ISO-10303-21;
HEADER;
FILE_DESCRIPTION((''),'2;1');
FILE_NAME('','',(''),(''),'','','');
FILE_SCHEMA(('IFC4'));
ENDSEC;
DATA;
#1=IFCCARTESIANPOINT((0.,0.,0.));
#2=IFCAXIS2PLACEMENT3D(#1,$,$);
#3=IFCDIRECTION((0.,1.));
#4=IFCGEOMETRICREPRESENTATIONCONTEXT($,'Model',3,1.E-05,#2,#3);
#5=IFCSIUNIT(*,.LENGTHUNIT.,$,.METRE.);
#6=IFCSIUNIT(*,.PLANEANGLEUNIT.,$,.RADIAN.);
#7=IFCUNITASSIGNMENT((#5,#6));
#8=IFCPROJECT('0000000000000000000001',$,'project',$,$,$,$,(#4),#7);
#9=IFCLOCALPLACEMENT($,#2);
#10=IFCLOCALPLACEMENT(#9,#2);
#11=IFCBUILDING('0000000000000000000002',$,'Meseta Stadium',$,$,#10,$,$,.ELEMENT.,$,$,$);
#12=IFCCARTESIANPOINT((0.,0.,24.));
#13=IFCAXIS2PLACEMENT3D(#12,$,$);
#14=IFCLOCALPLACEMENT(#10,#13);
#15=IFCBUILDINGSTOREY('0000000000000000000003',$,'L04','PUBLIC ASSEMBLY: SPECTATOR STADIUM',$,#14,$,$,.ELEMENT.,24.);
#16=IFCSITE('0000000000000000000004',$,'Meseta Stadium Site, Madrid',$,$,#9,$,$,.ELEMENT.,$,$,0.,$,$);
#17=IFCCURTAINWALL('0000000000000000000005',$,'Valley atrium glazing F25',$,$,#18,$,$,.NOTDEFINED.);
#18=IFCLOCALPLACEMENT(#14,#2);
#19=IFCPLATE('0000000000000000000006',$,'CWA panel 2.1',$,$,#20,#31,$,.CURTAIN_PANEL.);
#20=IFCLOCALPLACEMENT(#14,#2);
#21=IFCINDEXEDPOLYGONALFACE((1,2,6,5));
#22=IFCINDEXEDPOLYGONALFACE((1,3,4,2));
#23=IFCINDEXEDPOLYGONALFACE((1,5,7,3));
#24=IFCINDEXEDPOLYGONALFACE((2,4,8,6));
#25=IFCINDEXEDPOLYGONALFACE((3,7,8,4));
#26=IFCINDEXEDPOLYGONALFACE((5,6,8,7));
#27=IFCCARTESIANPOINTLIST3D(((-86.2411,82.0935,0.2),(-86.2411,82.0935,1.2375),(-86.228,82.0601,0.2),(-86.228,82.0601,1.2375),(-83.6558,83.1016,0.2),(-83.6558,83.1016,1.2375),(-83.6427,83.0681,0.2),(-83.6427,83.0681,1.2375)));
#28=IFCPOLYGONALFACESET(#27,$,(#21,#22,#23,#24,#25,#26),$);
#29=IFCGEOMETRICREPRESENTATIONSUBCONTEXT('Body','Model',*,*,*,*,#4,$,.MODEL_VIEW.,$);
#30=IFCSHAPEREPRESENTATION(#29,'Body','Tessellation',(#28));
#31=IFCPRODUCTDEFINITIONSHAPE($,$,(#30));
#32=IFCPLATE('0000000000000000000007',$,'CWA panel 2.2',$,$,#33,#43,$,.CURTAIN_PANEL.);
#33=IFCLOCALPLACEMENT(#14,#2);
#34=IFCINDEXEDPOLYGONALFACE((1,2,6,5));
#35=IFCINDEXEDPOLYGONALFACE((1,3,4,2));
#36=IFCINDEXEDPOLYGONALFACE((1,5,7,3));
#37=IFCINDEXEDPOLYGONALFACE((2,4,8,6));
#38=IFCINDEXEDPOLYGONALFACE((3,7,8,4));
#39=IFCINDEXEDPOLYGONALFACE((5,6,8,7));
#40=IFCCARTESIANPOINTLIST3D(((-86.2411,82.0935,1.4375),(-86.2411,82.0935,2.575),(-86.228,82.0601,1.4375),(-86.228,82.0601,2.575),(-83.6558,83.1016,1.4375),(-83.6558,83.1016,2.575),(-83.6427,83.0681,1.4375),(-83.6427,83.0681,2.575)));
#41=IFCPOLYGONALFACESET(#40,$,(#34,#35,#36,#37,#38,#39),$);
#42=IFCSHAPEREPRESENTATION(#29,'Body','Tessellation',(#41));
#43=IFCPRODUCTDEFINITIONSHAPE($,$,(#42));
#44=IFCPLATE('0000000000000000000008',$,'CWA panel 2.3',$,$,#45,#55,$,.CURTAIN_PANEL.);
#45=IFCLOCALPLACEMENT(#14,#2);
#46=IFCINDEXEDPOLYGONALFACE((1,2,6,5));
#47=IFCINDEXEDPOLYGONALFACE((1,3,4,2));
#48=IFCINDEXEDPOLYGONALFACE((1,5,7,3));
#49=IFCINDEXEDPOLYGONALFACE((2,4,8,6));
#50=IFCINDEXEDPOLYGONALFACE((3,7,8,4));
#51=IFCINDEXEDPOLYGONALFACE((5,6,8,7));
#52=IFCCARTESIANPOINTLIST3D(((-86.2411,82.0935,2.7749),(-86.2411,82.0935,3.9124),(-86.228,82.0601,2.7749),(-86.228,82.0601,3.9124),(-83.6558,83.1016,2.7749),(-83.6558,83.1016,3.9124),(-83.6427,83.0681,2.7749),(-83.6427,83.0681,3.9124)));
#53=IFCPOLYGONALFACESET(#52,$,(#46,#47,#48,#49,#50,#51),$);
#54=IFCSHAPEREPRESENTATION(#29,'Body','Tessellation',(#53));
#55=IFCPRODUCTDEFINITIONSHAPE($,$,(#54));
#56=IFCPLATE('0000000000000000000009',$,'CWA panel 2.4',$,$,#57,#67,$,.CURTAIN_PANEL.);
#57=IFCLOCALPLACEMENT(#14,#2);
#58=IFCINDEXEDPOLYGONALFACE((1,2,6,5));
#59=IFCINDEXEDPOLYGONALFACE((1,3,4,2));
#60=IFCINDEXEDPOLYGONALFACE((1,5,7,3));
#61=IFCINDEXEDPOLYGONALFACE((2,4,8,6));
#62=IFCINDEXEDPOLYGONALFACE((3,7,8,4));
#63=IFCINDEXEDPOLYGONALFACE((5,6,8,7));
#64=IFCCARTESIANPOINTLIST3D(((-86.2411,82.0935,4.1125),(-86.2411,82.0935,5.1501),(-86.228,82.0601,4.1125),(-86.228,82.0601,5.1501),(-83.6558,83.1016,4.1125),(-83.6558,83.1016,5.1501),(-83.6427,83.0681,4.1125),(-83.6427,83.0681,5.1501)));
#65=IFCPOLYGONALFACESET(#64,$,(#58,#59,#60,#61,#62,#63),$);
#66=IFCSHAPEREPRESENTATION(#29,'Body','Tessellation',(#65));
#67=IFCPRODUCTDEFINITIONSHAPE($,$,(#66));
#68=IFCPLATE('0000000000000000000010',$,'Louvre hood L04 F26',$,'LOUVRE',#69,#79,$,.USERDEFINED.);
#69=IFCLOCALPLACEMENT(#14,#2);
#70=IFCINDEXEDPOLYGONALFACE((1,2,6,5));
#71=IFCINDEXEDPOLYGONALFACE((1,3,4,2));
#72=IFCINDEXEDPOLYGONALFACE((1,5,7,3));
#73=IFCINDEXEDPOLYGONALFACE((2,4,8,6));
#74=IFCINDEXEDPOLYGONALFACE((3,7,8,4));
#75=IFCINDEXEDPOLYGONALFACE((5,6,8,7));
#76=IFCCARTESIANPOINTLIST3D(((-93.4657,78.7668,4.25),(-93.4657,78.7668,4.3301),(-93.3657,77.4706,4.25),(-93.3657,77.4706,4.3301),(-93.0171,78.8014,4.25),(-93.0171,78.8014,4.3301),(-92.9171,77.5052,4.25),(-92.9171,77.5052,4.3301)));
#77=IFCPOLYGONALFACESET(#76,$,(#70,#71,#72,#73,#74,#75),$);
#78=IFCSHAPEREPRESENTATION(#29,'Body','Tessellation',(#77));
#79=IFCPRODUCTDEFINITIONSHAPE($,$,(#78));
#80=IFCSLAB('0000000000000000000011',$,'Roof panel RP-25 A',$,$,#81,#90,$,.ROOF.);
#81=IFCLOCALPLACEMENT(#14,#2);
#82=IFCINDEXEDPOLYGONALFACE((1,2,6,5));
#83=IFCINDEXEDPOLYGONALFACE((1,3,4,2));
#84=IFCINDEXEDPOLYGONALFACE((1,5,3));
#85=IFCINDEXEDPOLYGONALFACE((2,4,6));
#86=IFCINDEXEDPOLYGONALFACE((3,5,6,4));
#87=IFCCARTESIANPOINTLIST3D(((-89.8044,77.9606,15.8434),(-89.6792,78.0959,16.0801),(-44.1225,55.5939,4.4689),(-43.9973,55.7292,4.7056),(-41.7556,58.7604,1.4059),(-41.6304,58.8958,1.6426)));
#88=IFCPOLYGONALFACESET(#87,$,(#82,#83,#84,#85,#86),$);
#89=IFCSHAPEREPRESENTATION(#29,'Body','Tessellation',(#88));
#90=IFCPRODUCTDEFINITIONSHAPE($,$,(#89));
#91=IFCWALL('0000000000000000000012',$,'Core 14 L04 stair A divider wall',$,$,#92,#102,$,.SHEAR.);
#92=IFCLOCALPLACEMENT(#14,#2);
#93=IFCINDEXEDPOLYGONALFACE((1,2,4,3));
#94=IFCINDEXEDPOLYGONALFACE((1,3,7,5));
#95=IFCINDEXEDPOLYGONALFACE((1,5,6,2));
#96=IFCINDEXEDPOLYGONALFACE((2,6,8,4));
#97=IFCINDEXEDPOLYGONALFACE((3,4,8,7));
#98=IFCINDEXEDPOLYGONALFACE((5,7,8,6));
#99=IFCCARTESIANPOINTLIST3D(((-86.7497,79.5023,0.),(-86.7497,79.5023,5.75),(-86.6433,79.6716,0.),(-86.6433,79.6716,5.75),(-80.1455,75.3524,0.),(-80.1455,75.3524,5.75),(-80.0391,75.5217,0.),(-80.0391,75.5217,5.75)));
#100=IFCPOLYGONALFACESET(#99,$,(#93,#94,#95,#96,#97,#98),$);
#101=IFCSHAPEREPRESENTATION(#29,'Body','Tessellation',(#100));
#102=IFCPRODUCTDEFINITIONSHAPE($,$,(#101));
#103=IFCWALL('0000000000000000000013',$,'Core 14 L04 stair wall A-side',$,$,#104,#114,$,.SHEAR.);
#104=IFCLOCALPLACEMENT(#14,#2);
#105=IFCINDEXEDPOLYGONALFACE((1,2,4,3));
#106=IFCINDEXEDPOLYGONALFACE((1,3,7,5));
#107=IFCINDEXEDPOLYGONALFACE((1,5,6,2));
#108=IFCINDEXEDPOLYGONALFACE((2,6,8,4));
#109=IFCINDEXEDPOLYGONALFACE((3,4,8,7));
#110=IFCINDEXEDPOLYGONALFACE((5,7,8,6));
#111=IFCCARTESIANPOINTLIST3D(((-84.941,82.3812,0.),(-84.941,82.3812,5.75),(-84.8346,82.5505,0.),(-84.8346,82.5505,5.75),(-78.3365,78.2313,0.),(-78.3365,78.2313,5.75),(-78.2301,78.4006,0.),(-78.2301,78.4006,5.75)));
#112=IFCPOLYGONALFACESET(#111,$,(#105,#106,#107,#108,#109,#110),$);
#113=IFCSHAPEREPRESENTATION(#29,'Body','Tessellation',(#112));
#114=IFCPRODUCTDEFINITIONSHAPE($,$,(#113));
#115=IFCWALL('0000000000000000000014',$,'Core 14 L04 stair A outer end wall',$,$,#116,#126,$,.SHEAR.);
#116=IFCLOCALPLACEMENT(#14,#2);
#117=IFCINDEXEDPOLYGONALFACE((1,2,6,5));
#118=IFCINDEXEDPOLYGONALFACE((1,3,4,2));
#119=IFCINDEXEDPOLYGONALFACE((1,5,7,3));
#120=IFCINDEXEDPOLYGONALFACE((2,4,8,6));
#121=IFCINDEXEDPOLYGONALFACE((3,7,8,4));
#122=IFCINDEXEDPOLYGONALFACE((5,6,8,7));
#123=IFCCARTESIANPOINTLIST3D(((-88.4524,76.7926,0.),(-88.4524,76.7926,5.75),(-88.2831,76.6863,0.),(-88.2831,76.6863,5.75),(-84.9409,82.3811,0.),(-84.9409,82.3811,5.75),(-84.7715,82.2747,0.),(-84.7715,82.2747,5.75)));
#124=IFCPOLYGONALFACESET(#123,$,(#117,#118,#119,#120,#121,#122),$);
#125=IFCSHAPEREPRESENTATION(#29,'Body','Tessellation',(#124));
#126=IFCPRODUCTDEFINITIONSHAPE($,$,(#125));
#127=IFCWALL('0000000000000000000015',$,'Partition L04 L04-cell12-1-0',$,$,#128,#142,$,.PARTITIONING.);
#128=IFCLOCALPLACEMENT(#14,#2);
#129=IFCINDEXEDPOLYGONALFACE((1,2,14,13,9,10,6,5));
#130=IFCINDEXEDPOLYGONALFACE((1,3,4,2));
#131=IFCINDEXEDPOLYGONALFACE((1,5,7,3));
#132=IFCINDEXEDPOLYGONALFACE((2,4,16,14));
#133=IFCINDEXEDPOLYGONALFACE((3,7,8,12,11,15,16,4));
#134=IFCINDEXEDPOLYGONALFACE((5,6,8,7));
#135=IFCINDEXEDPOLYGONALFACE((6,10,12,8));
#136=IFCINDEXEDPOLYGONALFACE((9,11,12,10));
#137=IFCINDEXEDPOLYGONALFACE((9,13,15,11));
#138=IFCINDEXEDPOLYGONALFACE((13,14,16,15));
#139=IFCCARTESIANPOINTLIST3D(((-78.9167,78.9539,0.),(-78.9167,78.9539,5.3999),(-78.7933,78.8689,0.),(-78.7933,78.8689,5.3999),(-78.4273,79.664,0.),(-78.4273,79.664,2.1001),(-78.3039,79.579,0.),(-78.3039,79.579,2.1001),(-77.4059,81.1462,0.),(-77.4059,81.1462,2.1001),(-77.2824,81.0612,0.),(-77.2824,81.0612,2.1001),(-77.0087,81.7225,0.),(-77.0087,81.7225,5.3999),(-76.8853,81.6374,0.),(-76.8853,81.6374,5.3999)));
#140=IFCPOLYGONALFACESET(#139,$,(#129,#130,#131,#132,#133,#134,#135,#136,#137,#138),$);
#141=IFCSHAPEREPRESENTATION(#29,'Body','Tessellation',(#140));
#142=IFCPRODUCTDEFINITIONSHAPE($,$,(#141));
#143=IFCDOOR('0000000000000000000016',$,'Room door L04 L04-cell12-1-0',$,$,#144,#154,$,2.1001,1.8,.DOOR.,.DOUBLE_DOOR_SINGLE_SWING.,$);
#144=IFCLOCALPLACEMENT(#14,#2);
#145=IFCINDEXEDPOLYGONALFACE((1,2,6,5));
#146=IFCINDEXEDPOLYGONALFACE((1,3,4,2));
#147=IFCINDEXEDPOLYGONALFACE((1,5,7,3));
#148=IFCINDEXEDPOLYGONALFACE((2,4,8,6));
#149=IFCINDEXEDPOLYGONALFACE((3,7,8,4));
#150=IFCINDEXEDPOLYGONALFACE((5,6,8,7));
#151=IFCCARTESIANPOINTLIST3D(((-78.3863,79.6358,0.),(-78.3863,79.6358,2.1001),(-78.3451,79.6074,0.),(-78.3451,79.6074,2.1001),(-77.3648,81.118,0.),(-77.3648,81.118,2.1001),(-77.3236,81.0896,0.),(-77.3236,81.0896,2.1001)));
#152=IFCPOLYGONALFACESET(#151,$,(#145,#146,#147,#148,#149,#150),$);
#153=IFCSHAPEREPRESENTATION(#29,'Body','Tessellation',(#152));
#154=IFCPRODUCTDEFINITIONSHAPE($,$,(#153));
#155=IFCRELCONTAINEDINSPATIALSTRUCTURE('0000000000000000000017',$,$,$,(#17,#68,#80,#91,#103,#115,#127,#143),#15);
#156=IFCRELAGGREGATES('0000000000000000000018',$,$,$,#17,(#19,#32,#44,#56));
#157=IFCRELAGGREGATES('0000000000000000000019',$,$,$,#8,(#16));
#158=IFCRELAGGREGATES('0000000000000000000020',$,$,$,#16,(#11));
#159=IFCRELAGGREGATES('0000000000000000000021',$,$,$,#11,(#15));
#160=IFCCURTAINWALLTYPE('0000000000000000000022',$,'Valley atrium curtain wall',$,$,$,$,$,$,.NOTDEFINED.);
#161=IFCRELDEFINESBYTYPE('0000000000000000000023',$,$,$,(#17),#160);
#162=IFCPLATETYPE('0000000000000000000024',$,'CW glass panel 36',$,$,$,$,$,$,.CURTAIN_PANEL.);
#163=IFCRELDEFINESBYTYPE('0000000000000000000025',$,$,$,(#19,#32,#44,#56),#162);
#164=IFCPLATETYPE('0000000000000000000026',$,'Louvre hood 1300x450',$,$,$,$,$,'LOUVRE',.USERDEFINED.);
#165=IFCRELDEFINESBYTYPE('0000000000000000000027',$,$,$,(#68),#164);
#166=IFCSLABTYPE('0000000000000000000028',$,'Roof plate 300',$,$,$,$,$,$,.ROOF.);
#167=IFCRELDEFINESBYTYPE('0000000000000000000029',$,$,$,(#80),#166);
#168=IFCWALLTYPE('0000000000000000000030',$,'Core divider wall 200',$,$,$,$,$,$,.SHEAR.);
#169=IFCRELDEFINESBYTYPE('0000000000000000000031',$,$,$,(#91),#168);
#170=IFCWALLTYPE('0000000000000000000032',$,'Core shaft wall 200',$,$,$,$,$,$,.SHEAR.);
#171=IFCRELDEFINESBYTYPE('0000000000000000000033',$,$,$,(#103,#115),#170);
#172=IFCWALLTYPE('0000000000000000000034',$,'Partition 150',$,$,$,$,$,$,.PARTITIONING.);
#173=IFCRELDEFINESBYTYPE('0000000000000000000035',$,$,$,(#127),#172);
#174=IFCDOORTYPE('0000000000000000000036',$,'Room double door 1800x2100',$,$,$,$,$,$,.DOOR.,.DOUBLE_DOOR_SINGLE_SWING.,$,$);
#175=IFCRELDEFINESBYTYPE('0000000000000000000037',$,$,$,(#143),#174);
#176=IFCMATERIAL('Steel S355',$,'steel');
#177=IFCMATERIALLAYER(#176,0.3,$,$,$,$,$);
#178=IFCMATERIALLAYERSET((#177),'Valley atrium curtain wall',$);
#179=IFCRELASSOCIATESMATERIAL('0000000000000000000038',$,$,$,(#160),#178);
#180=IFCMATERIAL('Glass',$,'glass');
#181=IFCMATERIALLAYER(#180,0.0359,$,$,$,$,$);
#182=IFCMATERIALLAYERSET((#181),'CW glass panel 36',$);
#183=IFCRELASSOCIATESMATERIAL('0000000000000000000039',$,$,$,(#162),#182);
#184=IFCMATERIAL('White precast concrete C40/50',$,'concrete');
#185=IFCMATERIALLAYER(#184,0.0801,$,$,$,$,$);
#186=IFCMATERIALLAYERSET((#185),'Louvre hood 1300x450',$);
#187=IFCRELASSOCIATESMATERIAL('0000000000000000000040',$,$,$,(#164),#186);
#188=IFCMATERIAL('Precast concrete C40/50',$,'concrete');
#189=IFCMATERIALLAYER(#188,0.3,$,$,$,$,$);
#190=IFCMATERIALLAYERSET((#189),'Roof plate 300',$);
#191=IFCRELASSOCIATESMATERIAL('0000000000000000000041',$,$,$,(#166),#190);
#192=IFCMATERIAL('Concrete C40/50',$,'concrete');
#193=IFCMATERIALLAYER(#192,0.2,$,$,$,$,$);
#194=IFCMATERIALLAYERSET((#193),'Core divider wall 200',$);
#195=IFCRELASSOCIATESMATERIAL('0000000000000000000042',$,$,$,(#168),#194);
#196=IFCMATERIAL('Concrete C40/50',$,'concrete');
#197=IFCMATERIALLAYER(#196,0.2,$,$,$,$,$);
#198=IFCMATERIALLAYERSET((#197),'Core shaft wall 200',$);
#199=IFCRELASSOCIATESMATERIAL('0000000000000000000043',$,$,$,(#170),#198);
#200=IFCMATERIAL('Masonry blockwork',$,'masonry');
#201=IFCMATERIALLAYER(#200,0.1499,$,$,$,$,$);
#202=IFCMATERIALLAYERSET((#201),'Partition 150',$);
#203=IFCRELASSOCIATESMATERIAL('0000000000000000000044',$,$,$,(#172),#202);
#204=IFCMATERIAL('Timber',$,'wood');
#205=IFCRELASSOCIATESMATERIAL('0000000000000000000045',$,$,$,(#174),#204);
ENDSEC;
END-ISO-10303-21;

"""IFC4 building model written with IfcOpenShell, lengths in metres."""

from ifc_helpers import new_model, si_unit, direction, frame, frame_2d, origin, origin_2d, place, context, subcontext, project, spatial, polyline, rectangle, outline, extrude, material, layer, layer_set, type_object, element, fill, aggregate, save


model = new_model("IFC4")

# Units and contexts
model_context = context("Model", 3, precision=1e-05, world=origin(), true_north=direction((0.0, 1.0)))
body_context = subcontext(model_context, "Body", "Model", "MODEL_VIEW")
ifc_project = project(units=[si_unit("LENGTHUNIT", "METRE"), si_unit("PLANEANGLEUNIT", "RADIAN")], contexts=[model_context])

# Site, building, storey
site_placement = place(None, origin())
site = spatial("IfcSite", under=ifc_project, at=site_placement, Name="Meseta Stadium Site, Madrid", CompositionType="ELEMENT", RefElevation=0.0)
building_placement = place(site_placement, origin())
building = spatial("IfcBuilding", under=site, at=building_placement, Name="Meseta Stadium", CompositionType="ELEMENT")
storey_placement = place(building_placement, frame((0.0, 0.0, 24.0)))
storey = spatial("IfcBuildingStorey", under=building, at=storey_placement, Name="L04", Description="PUBLIC ASSEMBLY: SPECTATOR STADIUM", CompositionType="ELEMENT", Elevation=24.0)

# Curtain wall
ifc_material_1 = material(Name="Steel S355", Category="steel")
ifc_layer_1 = layer(ifc_material_1, 0.3)
ifc_layer_set_1 = layer_set([ifc_layer_1], Name="Valley atrium curtain wall")
curtain_wall_type = type_object("IfcCurtainWallType", Name="Valley atrium curtain wall", PredefinedType="NOTDEFINED", material=ifc_layer_set_1)
curtain_wall_placement = place(storey_placement, origin())
curtain_wall = element("IfcCurtainWall", 1, at=curtain_wall_placement, inside=storey, type_object=curtain_wall_type, Name="Valley atrium glazing F25", PredefinedType="NOTDEFINED")

# Plates
ifc_material_2 = material(Name="Glass", Category="glass")
ifc_layer_2 = layer(ifc_material_2, 0.0359)
ifc_layer_set_2 = layer_set([ifc_layer_2], Name="CW glass panel 36")
plate_type_1 = type_object("IfcPlateType", Name="CW glass panel 36", PredefinedType="CURTAIN_PANEL", material=ifc_layer_set_2)
plate_1_placement = place(storey_placement, frame((-84.9419, 82.5808, 0.2), z_axis=(0.0, 0.0, 1.0), x_axis=(-0.93168, -0.36328, 0.0)))
plate_1 = element("IfcPlate", 2, at=plate_1_placement, type_object=plate_type_1, Name="CWA panel 2.1", PredefinedType="CURTAIN_PANEL", context=body_context, shape_type="SweptSolid", body=[
    extrude(rectangle(XDim=2.7749, YDim=0.0359, at=origin_2d()), origin(), (0.0, 0.0, 1.0), 1.0376),
])
plate_2_placement = place(storey_placement, frame((-84.9419, 82.5808, 1.4375), z_axis=(0.0, 0.0, 1.0), x_axis=(-0.93168, -0.36328, 0.0)))
plate_2 = element("IfcPlate", 3, at=plate_2_placement, type_object=plate_type_1, Name="CWA panel 2.2", PredefinedType="CURTAIN_PANEL", context=body_context, shape_type="SweptSolid", body=[
    extrude(rectangle(XDim=2.7749, YDim=0.0359, at=origin_2d()), origin(), (0.0, 0.0, 1.0), 1.1375),
])
plate_3_placement = place(storey_placement, frame((-84.9419, 82.5808, 2.7749), z_axis=(0.0, 0.0, 1.0), x_axis=(-0.93168, -0.36328, 0.0)))
plate_3 = element("IfcPlate", 4, at=plate_3_placement, type_object=plate_type_1, Name="CWA panel 2.3", PredefinedType="CURTAIN_PANEL", context=body_context, shape_type="SweptSolid", body=[
    extrude(rectangle(XDim=2.7749, YDim=0.0359, at=origin_2d()), origin(), (0.0, 0.0, 1.0), 1.1375),
])
plate_4_placement = place(storey_placement, frame((-84.9419, 82.5808, 4.1125), z_axis=(0.0, 0.0, 1.0), x_axis=(-0.93168, -0.36328, 0.0)))
plate_4 = element("IfcPlate", 5, at=plate_4_placement, type_object=plate_type_1, Name="CWA panel 2.4", PredefinedType="CURTAIN_PANEL", context=body_context, shape_type="SweptSolid", body=[
    extrude(rectangle(XDim=2.7749, YDim=0.0359, at=origin_2d()), origin(), (0.0, 0.0, 1.0), 1.0376),
])
aggregate(curtain_wall, [plate_1, plate_2, plate_3, plate_4])
ifc_material_3 = material(Name="White precast concrete C40/50", Category="concrete")
ifc_layer_3 = layer(ifc_material_3, 0.0801)
ifc_layer_set_3 = layer_set([ifc_layer_3], Name="Louvre hood 1300x450")
plate_type_2 = type_object("IfcPlateType", Name="Louvre hood 1300x450", ElementType="LOUVRE", PredefinedType="USERDEFINED", material=ifc_layer_set_3)
plate_5_placement = place(storey_placement, frame((-93.1914, 78.136, 4.25), z_axis=(0.0, 0.0, 1.0), x_axis=(0.076937, -0.997036, 0.0)))
element("IfcPlate", 6, at=plate_5_placement, inside=storey, type_object=plate_type_2, Name="Louvre hood L04 F26", ObjectType="LOUVRE", PredefinedType="USERDEFINED", context=body_context, shape_type="SweptSolid", body=[
    extrude(rectangle(XDim=1.3, YDim=0.45, at=origin_2d()), origin(), (0.0, 0.0, 1.0), 0.0801),
])

# Slab
ifc_material_4 = material(Name="Precast concrete C40/50", Category="concrete")
ifc_layer_4 = layer(ifc_material_4, 0.3)
ifc_layer_set_4 = layer_set([ifc_layer_4], Name="Roof plate 300")
slab_type = type_object("IfcSlabType", Name="Roof plate 300", PredefinedType="ROOF", material=ifc_layer_set_4)
slab_placement = place(storey_placement, frame((-89.6792, 78.0959, 16.0801), z_axis=(0.417313, 0.451144, 0.788872), x_axis=(0.89444, -0.357416, -0.268757)))
element("IfcSlab", 7, at=slab_placement, inside=storey, type_object=slab_type, Name="Roof panel RP-25 A", PredefinedType="ROOF", context=body_context, shape_type="SweptSolid", body=[
    extrude(outline(polyline([(0.0, 0.0), (53.7194, 0.0), (51.9109, -4.6626), (0.0, 0.0)])), origin(), (0.0, 0.0, -1.0), 0.3),
])

# Walls
ifc_material_5 = material(Name="Concrete C40/50", Category="concrete")
ifc_layer_5 = layer(ifc_material_5, 0.2)
ifc_layer_set_5 = layer_set([ifc_layer_5], Name="Core divider wall 200")
wall_type_1 = type_object("IfcWallType", Name="Core divider wall 200", PredefinedType="SHEAR", material=ifc_layer_set_5)
wall_1_placement = place(storey_placement, frame((-86.6965, 79.5869, 0.0), z_axis=(0.0, 0.0, 1.0), x_axis=(0.846714, -0.532048, 0.0)))
element("IfcWall", 8, at=wall_1_placement, inside=storey, type_object=wall_type_1, Name="Core 14 L04 stair A divider wall", PredefinedType="SHEAR", context=body_context, shape_type="SweptSolid", body=[
    extrude(rectangle(XDim=7.7998, YDim=0.2, at=frame_2d((3.8999, 0.0))), origin(), (0.0, 0.0, 1.0), 5.75),
])
ifc_material_6 = material(Name="Concrete C40/50", Category="concrete")
ifc_layer_6 = layer(ifc_material_6, 0.2)
ifc_layer_set_6 = layer_set([ifc_layer_6], Name="Core shaft wall 200")
wall_type_2 = type_object("IfcWallType", Name="Core shaft wall 200", PredefinedType="SHEAR", material=ifc_layer_set_6)
wall_2_placement = place(storey_placement, frame((-84.8877, 82.4658, 0.0), z_axis=(0.0, 0.0, 1.0), x_axis=(0.846723, -0.532034, 0.0)))
element("IfcWall", 9, at=wall_2_placement, inside=storey, type_object=wall_type_2, Name="Core 14 L04 stair wall A-side", PredefinedType="SHEAR", context=body_context, shape_type="SweptSolid", body=[
    extrude(rectangle(XDim=7.8, YDim=0.2, at=frame_2d((3.8999, 0.0))), origin(), (0.0, 0.0, 1.0), 5.75),
])
wall_3_placement = place(storey_placement, frame((-84.8562, 82.3279, 0.0), z_axis=(0.0, 0.0, 1.0), x_axis=(-0.532039, -0.84672, 0.0)))
element("IfcWall", 10, at=wall_3_placement, inside=storey, type_object=wall_type_2, Name="Core 14 L04 stair A outer end wall", PredefinedType="SHEAR", context=body_context, shape_type="SweptSolid", body=[
    extrude(rectangle(XDim=6.6001, YDim=0.2, at=frame_2d((3.3, 0.0))), origin(), (0.0, 0.0, 1.0), 5.75),
])

# Wall, opening, door
ifc_material_7 = material(Name="Masonry blockwork", Category="masonry")
ifc_layer_7 = layer(ifc_material_7, 0.1499)
ifc_layer_set_7 = layer_set([ifc_layer_7], Name="Partition 150")
wall_type_3 = type_object("IfcWallType", Name="Partition 150", PredefinedType="PARTITIONING", material=ifc_layer_set_7)
wall_4_placement = place(storey_placement, frame((-76.947, 81.6799, 0.0), z_axis=(0.0, 0.0, 1.0), x_axis=(-0.567453, -0.823406, 0.0)))
wall_4 = element("IfcWall", 11, at=wall_4_placement, inside=storey, type_object=wall_type_3, Name="Partition L04 L04-cell12-1-0", PredefinedType="PARTITIONING", context=body_context, shape_type="SweptSolid", body=[
    extrude(rectangle(XDim=3.3623, YDim=0.1499, at=frame_2d((1.6812, 0.0))), origin(), (0.0, 0.0, 1.0), 5.3999),
])
opening_1_placement = place(wall_4_placement, frame((0.7, 0.0, 0.0)))
opening_1 = element("IfcOpeningElement", 12, at=opening_1_placement, cuts=wall_4, PredefinedType="OPENING", context=body_context, shape_type="SweptSolid", body=[
    extrude(rectangle(XDim=1.8, YDim=2.1001, at=frame_2d((0.8999, 1.05))), frame((0.0, 0.085, 0.0), z_axis=(0.0, -1.0, 0.0), x_axis=(1.0, 0.0, 0.0)), (0.0, 0.0, 1.0), 0.1699),
])
ifc_material_8 = material(Name="Timber", Category="wood")
door_type = type_object("IfcDoorType", Name="Room double door 1800x2100", OperationType="DOUBLE_DOOR_SINGLE_SWING", PredefinedType="DOOR", material=ifc_material_8)
door_placement = place(opening_1_placement, origin())
door = element("IfcDoor", 13, at=door_placement, inside=storey, type_object=door_type, Name="Room door L04 L04-cell12-1-0", OperationType="DOUBLE_DOOR_SINGLE_SWING", OverallHeight=2.1001, OverallWidth=1.8, PredefinedType="DOOR", context=body_context, shape_type="SweptSolid", body=[
    extrude(rectangle(XDim=1.8, YDim=2.1001, at=frame_2d((0.8999, 1.05))), frame((0.0, 0.0249, 0.0), z_axis=(0.0, -1.0, 0.0), x_axis=(1.0, 0.0, 0.0)), (0.0, 0.0, 1.0), 0.05),
])
fill(opening_1, door)

save(model, "model.ifc")
